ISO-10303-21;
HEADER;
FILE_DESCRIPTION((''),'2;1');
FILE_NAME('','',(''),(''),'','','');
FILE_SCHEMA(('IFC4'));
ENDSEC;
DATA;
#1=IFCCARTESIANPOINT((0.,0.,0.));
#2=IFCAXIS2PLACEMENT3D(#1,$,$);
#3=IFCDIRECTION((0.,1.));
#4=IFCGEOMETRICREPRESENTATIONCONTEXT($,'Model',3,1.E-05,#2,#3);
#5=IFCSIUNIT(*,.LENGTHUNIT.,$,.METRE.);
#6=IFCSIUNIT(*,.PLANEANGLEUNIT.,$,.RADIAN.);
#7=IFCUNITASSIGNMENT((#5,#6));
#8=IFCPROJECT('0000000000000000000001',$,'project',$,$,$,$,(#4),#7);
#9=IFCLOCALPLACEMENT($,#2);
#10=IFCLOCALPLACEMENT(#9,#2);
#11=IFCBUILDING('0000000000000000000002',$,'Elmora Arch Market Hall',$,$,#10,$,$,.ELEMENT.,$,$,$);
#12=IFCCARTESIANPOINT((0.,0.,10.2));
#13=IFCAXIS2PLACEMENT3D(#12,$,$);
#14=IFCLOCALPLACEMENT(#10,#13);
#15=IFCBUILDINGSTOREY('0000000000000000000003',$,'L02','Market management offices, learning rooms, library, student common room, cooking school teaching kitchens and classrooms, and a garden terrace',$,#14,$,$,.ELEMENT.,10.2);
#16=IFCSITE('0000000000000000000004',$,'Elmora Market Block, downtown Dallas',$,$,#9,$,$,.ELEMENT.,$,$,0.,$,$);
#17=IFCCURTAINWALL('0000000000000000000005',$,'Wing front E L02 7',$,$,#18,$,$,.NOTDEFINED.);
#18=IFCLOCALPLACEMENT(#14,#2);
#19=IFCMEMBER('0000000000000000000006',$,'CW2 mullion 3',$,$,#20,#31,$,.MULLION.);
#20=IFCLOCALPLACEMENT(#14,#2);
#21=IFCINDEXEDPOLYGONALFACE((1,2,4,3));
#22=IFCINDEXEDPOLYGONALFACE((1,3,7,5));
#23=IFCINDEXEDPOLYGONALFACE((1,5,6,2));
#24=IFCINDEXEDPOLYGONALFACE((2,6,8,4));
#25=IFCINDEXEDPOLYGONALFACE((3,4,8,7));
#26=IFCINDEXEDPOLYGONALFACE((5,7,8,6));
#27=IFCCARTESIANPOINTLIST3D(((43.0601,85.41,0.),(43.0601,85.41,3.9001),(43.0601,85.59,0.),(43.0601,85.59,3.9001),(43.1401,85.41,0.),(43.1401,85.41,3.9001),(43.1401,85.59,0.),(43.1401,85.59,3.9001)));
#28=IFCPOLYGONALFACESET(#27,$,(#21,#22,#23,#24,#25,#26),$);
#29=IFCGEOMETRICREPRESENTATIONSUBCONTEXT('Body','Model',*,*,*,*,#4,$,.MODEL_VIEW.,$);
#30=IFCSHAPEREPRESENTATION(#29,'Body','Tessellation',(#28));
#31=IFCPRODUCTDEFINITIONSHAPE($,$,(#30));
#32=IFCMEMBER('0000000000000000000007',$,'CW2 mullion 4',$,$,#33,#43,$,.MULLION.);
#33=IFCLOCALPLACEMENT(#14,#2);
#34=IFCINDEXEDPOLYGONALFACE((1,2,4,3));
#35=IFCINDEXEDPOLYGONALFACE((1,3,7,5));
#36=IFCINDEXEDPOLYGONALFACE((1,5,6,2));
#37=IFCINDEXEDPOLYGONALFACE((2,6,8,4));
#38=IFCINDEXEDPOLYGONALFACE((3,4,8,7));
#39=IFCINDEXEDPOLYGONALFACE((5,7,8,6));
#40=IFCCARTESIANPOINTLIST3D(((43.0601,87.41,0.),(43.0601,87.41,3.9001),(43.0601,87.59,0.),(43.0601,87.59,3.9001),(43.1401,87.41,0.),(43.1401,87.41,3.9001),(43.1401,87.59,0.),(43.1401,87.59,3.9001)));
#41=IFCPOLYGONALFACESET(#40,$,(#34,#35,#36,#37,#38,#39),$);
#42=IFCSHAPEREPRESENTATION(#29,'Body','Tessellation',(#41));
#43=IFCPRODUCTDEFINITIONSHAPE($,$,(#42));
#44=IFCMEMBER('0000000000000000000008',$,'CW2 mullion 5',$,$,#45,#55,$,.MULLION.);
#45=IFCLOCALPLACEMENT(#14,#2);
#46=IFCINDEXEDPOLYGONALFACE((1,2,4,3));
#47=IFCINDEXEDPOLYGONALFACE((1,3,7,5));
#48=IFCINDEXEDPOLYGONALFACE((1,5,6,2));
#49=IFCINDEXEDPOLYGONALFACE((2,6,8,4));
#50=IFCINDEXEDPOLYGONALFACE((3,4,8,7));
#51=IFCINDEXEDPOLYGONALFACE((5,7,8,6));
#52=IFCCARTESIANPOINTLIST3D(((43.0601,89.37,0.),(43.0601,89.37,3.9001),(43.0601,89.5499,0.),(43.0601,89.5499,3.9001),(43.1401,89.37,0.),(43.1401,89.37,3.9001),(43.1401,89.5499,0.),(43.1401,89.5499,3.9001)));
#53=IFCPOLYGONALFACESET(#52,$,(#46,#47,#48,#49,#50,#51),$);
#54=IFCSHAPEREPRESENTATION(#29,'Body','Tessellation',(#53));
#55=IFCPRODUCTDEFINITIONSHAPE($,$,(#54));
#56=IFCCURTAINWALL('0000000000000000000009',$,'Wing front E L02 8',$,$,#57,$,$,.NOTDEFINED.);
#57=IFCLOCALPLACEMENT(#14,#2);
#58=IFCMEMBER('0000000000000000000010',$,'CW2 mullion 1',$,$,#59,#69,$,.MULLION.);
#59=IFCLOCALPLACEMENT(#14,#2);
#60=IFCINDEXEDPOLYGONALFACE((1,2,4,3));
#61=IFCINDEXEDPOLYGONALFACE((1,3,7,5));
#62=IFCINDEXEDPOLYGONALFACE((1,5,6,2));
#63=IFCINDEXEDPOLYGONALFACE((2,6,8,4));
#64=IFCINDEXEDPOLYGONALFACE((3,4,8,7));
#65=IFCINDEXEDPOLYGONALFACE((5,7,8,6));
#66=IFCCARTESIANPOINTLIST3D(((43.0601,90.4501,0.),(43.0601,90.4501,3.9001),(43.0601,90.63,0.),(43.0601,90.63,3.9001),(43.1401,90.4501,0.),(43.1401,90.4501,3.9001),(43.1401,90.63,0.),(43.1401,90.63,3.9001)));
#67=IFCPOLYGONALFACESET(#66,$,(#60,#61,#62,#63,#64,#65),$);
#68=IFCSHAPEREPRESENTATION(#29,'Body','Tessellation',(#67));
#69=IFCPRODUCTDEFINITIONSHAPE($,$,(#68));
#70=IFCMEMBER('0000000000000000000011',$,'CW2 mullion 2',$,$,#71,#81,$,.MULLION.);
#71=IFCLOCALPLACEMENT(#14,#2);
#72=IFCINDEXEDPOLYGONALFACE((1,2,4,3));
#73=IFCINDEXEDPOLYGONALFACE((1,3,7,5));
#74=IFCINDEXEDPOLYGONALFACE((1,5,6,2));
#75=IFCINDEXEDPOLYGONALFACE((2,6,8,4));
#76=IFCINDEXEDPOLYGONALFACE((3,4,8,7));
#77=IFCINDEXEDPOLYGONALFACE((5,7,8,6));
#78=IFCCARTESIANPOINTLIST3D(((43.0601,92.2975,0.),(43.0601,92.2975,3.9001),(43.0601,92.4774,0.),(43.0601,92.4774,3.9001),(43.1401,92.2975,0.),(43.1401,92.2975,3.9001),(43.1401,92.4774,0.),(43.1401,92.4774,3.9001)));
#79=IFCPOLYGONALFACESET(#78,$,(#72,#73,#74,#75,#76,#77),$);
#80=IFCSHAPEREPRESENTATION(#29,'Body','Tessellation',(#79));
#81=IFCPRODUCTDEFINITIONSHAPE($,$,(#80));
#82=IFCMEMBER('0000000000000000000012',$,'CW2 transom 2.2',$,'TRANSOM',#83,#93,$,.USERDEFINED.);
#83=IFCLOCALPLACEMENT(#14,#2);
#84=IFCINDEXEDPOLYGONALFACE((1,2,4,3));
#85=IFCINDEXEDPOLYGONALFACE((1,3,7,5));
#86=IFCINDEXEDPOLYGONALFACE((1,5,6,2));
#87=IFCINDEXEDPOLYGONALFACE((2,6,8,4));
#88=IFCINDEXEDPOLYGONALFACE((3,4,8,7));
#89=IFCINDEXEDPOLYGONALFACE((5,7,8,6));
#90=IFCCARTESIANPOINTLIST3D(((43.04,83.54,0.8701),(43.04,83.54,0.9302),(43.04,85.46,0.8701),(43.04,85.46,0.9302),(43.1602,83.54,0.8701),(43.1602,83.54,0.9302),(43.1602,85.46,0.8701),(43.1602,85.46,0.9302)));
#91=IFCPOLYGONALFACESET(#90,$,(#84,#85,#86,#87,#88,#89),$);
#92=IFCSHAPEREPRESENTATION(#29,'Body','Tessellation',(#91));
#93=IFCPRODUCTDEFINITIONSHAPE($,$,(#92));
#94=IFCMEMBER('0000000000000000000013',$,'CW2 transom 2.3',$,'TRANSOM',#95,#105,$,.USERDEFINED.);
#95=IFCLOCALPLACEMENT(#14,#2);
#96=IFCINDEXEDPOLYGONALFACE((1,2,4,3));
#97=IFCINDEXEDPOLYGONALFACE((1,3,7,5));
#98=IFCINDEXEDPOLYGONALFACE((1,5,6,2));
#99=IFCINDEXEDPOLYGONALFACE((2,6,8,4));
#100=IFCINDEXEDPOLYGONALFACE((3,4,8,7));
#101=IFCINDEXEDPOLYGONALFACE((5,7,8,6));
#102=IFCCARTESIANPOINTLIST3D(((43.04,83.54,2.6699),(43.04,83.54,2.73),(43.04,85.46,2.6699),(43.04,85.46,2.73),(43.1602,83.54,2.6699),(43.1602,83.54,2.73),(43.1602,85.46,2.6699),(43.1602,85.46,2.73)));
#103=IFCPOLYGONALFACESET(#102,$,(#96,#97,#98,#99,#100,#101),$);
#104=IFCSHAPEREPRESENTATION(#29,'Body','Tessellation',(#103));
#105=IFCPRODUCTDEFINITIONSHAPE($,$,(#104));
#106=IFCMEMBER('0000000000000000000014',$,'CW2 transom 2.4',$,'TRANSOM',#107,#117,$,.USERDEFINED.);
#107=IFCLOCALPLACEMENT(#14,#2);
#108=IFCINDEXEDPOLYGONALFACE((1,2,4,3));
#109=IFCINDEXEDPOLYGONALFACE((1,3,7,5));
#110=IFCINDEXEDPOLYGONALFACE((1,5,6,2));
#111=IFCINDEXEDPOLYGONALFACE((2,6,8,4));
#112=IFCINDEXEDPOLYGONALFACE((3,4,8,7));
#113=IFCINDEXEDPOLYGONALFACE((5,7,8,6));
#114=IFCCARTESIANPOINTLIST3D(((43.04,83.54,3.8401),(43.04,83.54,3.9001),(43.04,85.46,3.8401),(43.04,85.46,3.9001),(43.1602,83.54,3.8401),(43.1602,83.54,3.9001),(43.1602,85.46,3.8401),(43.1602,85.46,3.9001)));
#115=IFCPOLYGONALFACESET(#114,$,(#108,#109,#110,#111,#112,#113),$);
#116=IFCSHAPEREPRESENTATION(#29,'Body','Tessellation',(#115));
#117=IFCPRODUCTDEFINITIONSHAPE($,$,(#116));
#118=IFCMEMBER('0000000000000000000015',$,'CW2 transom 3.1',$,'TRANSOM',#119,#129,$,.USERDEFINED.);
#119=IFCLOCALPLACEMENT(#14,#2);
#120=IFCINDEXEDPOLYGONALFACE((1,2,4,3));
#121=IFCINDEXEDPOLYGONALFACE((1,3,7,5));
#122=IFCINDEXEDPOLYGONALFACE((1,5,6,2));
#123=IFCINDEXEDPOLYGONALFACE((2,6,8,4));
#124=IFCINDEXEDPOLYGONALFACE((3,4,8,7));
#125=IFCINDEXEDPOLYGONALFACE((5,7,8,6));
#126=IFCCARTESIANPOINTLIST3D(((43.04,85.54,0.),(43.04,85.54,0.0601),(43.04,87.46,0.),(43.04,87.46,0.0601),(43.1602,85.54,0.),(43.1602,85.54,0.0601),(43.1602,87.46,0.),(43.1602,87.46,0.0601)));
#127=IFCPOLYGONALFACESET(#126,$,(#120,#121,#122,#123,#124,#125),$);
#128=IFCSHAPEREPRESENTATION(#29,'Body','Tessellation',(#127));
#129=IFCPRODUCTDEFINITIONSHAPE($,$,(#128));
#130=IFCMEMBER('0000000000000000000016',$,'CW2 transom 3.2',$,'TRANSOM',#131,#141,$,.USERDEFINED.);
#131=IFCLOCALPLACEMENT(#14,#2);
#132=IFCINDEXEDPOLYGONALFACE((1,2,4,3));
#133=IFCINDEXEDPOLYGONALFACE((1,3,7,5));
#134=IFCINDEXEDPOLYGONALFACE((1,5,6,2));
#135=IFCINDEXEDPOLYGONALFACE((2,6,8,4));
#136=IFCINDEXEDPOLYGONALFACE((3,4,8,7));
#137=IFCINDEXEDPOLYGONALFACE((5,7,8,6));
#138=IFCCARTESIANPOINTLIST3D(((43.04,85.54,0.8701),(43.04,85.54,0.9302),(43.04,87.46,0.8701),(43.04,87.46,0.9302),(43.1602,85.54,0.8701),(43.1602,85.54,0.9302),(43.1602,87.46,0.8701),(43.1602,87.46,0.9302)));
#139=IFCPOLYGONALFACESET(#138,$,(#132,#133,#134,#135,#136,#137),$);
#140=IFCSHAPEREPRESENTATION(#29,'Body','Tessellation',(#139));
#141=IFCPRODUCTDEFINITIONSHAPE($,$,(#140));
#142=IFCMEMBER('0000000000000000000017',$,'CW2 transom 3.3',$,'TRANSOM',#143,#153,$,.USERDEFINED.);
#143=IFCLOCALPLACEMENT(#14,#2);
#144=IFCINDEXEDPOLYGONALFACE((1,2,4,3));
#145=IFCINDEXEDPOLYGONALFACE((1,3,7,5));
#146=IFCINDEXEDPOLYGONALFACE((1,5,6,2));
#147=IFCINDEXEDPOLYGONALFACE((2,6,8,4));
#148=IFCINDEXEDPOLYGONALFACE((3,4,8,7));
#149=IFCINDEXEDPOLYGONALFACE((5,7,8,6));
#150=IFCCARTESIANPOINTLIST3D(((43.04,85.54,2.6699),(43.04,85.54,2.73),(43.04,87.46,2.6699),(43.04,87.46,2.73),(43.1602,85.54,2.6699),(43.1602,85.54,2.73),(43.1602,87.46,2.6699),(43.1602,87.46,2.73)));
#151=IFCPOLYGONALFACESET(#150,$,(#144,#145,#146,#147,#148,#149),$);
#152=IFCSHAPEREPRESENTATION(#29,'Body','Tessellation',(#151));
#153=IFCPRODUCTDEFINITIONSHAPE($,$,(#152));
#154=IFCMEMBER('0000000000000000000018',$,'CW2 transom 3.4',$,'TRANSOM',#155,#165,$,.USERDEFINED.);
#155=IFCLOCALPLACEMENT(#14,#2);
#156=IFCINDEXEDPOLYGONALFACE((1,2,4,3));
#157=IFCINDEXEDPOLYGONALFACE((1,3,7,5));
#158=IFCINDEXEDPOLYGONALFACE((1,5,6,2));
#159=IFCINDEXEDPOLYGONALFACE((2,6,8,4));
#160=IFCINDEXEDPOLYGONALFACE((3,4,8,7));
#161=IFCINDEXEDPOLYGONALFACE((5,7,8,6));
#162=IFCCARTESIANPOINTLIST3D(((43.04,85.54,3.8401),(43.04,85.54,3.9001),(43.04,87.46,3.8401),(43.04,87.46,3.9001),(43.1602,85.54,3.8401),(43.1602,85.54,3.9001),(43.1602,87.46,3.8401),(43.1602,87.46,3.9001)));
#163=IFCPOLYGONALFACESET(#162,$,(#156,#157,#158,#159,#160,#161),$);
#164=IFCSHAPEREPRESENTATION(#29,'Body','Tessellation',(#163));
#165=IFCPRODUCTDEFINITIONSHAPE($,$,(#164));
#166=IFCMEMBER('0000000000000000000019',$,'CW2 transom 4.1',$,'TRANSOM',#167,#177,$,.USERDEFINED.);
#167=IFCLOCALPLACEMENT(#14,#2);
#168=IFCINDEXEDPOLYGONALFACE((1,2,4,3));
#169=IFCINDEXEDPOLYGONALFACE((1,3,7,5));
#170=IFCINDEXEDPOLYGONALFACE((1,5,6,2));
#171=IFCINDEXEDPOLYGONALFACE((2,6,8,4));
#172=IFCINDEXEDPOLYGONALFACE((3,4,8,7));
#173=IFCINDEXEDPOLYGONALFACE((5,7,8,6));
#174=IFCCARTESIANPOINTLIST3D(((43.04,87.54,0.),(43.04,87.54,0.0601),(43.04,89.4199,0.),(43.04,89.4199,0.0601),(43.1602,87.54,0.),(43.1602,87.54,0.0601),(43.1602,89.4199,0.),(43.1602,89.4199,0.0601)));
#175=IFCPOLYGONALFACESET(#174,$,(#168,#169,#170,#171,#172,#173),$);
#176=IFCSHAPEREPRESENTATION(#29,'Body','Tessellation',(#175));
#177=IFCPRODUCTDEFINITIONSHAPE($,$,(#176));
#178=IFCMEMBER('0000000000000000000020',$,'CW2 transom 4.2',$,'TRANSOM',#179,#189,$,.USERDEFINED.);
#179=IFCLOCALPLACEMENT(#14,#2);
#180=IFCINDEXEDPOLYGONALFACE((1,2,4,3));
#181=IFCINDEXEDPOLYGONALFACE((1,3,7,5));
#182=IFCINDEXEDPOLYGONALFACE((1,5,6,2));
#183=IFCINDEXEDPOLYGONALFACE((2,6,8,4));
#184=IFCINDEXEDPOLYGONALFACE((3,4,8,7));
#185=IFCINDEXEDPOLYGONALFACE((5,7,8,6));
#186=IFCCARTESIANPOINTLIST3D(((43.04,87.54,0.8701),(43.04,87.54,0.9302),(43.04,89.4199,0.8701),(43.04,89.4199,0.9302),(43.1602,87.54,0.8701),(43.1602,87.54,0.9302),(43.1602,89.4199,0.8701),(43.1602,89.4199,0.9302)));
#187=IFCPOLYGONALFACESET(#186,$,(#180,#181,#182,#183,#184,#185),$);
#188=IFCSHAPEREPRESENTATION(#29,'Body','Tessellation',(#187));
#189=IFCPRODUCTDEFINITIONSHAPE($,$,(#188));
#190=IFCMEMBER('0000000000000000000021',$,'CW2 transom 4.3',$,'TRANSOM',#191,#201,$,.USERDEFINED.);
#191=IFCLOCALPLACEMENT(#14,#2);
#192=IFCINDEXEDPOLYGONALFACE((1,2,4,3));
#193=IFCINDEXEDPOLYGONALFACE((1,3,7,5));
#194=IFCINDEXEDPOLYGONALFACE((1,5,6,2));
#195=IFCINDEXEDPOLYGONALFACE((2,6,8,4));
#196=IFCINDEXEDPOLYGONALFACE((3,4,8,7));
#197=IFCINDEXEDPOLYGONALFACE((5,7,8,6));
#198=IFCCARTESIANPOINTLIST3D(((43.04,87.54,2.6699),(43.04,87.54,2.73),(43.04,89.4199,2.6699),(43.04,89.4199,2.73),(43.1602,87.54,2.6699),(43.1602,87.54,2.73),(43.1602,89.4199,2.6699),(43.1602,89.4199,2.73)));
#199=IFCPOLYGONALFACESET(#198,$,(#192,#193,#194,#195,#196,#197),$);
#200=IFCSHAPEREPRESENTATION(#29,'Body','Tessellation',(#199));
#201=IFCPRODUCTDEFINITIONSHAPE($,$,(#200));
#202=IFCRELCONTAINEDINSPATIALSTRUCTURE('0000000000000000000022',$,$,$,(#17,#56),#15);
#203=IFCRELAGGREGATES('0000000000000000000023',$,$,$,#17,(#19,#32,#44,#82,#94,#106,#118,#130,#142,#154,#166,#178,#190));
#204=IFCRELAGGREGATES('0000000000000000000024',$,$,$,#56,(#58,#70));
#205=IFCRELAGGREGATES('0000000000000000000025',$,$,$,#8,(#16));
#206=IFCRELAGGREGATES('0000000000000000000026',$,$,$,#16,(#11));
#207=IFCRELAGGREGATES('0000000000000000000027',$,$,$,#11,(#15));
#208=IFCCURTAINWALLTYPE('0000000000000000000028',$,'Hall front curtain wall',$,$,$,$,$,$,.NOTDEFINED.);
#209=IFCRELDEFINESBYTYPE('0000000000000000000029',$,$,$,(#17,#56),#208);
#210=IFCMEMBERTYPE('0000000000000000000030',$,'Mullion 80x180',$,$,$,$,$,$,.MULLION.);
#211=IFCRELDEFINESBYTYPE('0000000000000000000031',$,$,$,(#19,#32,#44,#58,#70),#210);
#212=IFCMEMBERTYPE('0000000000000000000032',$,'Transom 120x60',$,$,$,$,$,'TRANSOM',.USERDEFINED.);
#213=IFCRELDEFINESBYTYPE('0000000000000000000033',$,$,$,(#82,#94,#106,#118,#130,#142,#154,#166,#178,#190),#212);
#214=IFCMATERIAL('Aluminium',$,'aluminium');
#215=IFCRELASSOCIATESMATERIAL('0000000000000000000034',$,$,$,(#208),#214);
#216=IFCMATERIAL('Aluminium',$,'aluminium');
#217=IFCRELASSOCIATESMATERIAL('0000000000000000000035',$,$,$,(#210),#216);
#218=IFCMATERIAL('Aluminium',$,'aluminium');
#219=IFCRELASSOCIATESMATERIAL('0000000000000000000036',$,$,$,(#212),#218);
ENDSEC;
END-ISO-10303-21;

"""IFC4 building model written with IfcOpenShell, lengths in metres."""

from ifc_helpers import new_model, si_unit, direction, frame, origin, origin_2d, place, context, subcontext, project, spatial, rectangle, extrude, material, material_profile, profile_set, type_object, element, aggregate, save


model = new_model("IFC4")

# Units and contexts
model_context = context("Model", 3, precision=1e-05, world=origin(), true_north=direction((0.0, 1.0)))
body_context = subcontext(model_context, "Body", "Model", "MODEL_VIEW")
ifc_project = project(units=[si_unit("LENGTHUNIT", "METRE"), si_unit("PLANEANGLEUNIT", "RADIAN")], contexts=[model_context])

# Site, building, storey
site_placement = place(None, origin())
site = spatial("IfcSite", under=ifc_project, at=site_placement, Name="Elmora Market Block, downtown Dallas", CompositionType="ELEMENT", RefElevation=0.0)
building_placement = place(site_placement, origin())
building = spatial("IfcBuilding", under=site, at=building_placement, Name="Elmora Arch Market Hall", CompositionType="ELEMENT")
storey_placement = place(building_placement, frame((0.0, 0.0, 10.2)))
storey = spatial("IfcBuildingStorey", under=building, at=storey_placement, Name="L02", Description="Market management offices, learning rooms, library, student common room, cooking school teaching kitchens and classrooms, and a garden terrace", CompositionType="ELEMENT", Elevation=10.2)

# Curtain walls, members
ifc_material_1 = material(Name="Aluminium", Category="aluminium")
curtain_wall_type = type_object("IfcCurtainWallType", Name="Hall front curtain wall", PredefinedType="NOTDEFINED", material=ifc_material_1)
curtain_wall_1_placement = place(storey_placement, origin())
curtain_wall_1 = element("IfcCurtainWall", 1, at=curtain_wall_1_placement, inside=storey, type_object=curtain_wall_type, Name="Wing front E L02 7", PredefinedType="NOTDEFINED")
ifc_material_2 = material(Name="Aluminium", Category="aluminium")
ifc_material_profile_1 = material_profile(ifc_material_2, rectangle(XDim=0.0801, YDim=0.1799, at=origin_2d()), Name="AL 80x180")
ifc_profile_set_1 = profile_set([ifc_material_profile_1], Name="Aluminium")
member_type_1 = type_object("IfcMemberType", Name="Mullion 80x180", PredefinedType="MULLION", material=ifc_profile_set_1)
member_1_placement = place(storey_placement, frame((43.1001, 85.5, 0.0), z_axis=(0.0, 0.0, 1.0), x_axis=(-1.0, 0.0, 0.0)))
member_1 = element("IfcMember", 2, at=member_1_placement, type_object=member_type_1, Name="CW2 mullion 3", PredefinedType="MULLION", context=body_context, shape_type="SweptSolid", body=[
    extrude(rectangle(XDim=0.0801, YDim=0.1799, at=origin_2d()), origin(), (0.0, 0.0, 1.0), 3.9001),
])
member_2_placement = place(storey_placement, frame((43.1001, 87.5, 0.0), z_axis=(0.0, 0.0, 1.0), x_axis=(-1.0, 0.0, 0.0)))
member_2 = element("IfcMember", 3, at=member_2_placement, type_object=member_type_1, Name="CW2 mullion 4", PredefinedType="MULLION", context=body_context, shape_type="SweptSolid", body=[
    extrude(rectangle(XDim=0.0801, YDim=0.1799, at=origin_2d()), origin(), (0.0, 0.0, 1.0), 3.9001),
])
member_3_placement = place(storey_placement, frame((43.1001, 89.46, 0.0), z_axis=(0.0, 0.0, 1.0), x_axis=(-1.0, 0.0, 0.0)))
member_3 = element("IfcMember", 4, at=member_3_placement, type_object=member_type_1, Name="CW2 mullion 5", PredefinedType="MULLION", context=body_context, shape_type="SweptSolid", body=[
    extrude(rectangle(XDim=0.0801, YDim=0.1799, at=origin_2d()), origin(), (0.0, 0.0, 1.0), 3.9001),
])
curtain_wall_2_placement = place(storey_placement, origin())
curtain_wall_2 = element("IfcCurtainWall", 5, at=curtain_wall_2_placement, inside=storey, type_object=curtain_wall_type, Name="Wing front E L02 8", PredefinedType="NOTDEFINED")
member_4_placement = place(storey_placement, frame((43.1001, 90.54, 0.0), z_axis=(0.0, 0.0, 1.0), x_axis=(-1.0, 0.0, 0.0)))
member_4 = element("IfcMember", 6, at=member_4_placement, type_object=member_type_1, Name="CW2 mullion 1", PredefinedType="MULLION", context=body_context, shape_type="SweptSolid", body=[
    extrude(rectangle(XDim=0.0801, YDim=0.1799, at=origin_2d()), origin(), (0.0, 0.0, 1.0), 3.9001),
])
member_5_placement = place(storey_placement, frame((43.1001, 92.3875, 0.0), z_axis=(0.0, 0.0, 1.0), x_axis=(-1.0, 0.0, 0.0)))
member_5 = element("IfcMember", 7, at=member_5_placement, type_object=member_type_1, Name="CW2 mullion 2", PredefinedType="MULLION", context=body_context, shape_type="SweptSolid", body=[
    extrude(rectangle(XDim=0.0801, YDim=0.1799, at=origin_2d()), origin(), (0.0, 0.0, 1.0), 3.9001),
])

# Members
ifc_material_3 = material(Name="Aluminium", Category="aluminium")
ifc_material_profile_2 = material_profile(ifc_material_3, rectangle(XDim=0.1201, YDim=0.0601, at=origin_2d()), Name="AL 120x60")
ifc_profile_set_2 = profile_set([ifc_material_profile_2], Name="Aluminium")
member_type_2 = type_object("IfcMemberType", Name="Transom 120x60", ElementType="TRANSOM", PredefinedType="USERDEFINED", material=ifc_profile_set_2)
member_6_placement = place(storey_placement, frame((43.1001, 83.54, 0.9001), z_axis=(0.0, 1.0, 0.0), x_axis=(-1.0, 0.0, 0.0)))
member_6 = element("IfcMember", 8, at=member_6_placement, type_object=member_type_2, Name="CW2 transom 2.2", ObjectType="TRANSOM", PredefinedType="USERDEFINED", context=body_context, shape_type="SweptSolid", body=[
    extrude(rectangle(XDim=0.1201, YDim=0.0601, at=origin_2d()), origin(), (0.0, 0.0, 1.0), 1.9199),
])
member_7_placement = place(storey_placement, frame((43.1001, 83.54, 2.7), z_axis=(0.0, 1.0, 0.0), x_axis=(-1.0, 0.0, 0.0)))
member_7 = element("IfcMember", 9, at=member_7_placement, type_object=member_type_2, Name="CW2 transom 2.3", ObjectType="TRANSOM", PredefinedType="USERDEFINED", context=body_context, shape_type="SweptSolid", body=[
    extrude(rectangle(XDim=0.1201, YDim=0.0601, at=origin_2d()), origin(), (0.0, 0.0, 1.0), 1.9199),
])
member_8_placement = place(storey_placement, frame((43.1001, 83.54, 3.8701), z_axis=(0.0, 1.0, 0.0), x_axis=(-1.0, 0.0, 0.0)))
member_8 = element("IfcMember", 10, at=member_8_placement, type_object=member_type_2, Name="CW2 transom 2.4", ObjectType="TRANSOM", PredefinedType="USERDEFINED", context=body_context, shape_type="SweptSolid", body=[
    extrude(rectangle(XDim=0.1201, YDim=0.0601, at=origin_2d()), origin(), (0.0, 0.0, 1.0), 1.9199),
])
member_9_placement = place(storey_placement, frame((43.1001, 85.54, 0.03), z_axis=(0.0, 1.0, 0.0), x_axis=(-1.0, 0.0, 0.0)))
member_9 = element("IfcMember", 11, at=member_9_placement, type_object=member_type_2, Name="CW2 transom 3.1", ObjectType="TRANSOM", PredefinedType="USERDEFINED", context=body_context, shape_type="SweptSolid", body=[
    extrude(rectangle(XDim=0.1201, YDim=0.0601, at=origin_2d()), origin(), (0.0, 0.0, 1.0), 1.9199),
])
member_10_placement = place(storey_placement, frame((43.1001, 85.54, 0.9001), z_axis=(0.0, 1.0, 0.0), x_axis=(-1.0, 0.0, 0.0)))
member_10 = element("IfcMember", 12, at=member_10_placement, type_object=member_type_2, Name="CW2 transom 3.2", ObjectType="TRANSOM", PredefinedType="USERDEFINED", context=body_context, shape_type="SweptSolid", body=[
    extrude(rectangle(XDim=0.1201, YDim=0.0601, at=origin_2d()), origin(), (0.0, 0.0, 1.0), 1.9199),
])
member_11_placement = place(storey_placement, frame((43.1001, 85.54, 2.7), z_axis=(0.0, 1.0, 0.0), x_axis=(-1.0, 0.0, 0.0)))
member_11 = element("IfcMember", 13, at=member_11_placement, type_object=member_type_2, Name="CW2 transom 3.3", ObjectType="TRANSOM", PredefinedType="USERDEFINED", context=body_context, shape_type="SweptSolid", body=[
    extrude(rectangle(XDim=0.1201, YDim=0.0601, at=origin_2d()), origin(), (0.0, 0.0, 1.0), 1.9199),
])
member_12_placement = place(storey_placement, frame((43.1001, 85.54, 3.8701), z_axis=(0.0, 1.0, 0.0), x_axis=(-1.0, 0.0, 0.0)))
member_12 = element("IfcMember", 14, at=member_12_placement, type_object=member_type_2, Name="CW2 transom 3.4", ObjectType="TRANSOM", PredefinedType="USERDEFINED", context=body_context, shape_type="SweptSolid", body=[
    extrude(rectangle(XDim=0.1201, YDim=0.0601, at=origin_2d()), origin(), (0.0, 0.0, 1.0), 1.9199),
])
member_13_placement = place(storey_placement, frame((43.1001, 87.54, 0.03), z_axis=(0.0, 1.0, 0.0), x_axis=(-1.0, 0.0, 0.0)))
member_13 = element("IfcMember", 15, at=member_13_placement, type_object=member_type_2, Name="CW2 transom 4.1", ObjectType="TRANSOM", PredefinedType="USERDEFINED", context=body_context, shape_type="SweptSolid", body=[
    extrude(rectangle(XDim=0.1201, YDim=0.0601, at=origin_2d()), origin(), (0.0, 0.0, 1.0), 1.8799),
])
member_14_placement = place(storey_placement, frame((43.1001, 87.54, 0.9001), z_axis=(0.0, 1.0, 0.0), x_axis=(-1.0, 0.0, 0.0)))
member_14 = element("IfcMember", 16, at=member_14_placement, type_object=member_type_2, Name="CW2 transom 4.2", ObjectType="TRANSOM", PredefinedType="USERDEFINED", context=body_context, shape_type="SweptSolid", body=[
    extrude(rectangle(XDim=0.1201, YDim=0.0601, at=origin_2d()), origin(), (0.0, 0.0, 1.0), 1.8799),
])
member_15_placement = place(storey_placement, frame((43.1001, 87.54, 2.7), z_axis=(0.0, 1.0, 0.0), x_axis=(-1.0, 0.0, 0.0)))
member_15 = element("IfcMember", 17, at=member_15_placement, type_object=member_type_2, Name="CW2 transom 4.3", ObjectType="TRANSOM", PredefinedType="USERDEFINED", context=body_context, shape_type="SweptSolid", body=[
    extrude(rectangle(XDim=0.1201, YDim=0.0601, at=origin_2d()), origin(), (0.0, 0.0, 1.0), 1.8799),
])

aggregate(curtain_wall_1, [member_1, member_2, member_3, member_6, member_7, member_8, member_9, member_10, member_11, member_12, member_13, member_14, member_15])
aggregate(curtain_wall_2, [member_4, member_5])

save(model, "model.ifc")
